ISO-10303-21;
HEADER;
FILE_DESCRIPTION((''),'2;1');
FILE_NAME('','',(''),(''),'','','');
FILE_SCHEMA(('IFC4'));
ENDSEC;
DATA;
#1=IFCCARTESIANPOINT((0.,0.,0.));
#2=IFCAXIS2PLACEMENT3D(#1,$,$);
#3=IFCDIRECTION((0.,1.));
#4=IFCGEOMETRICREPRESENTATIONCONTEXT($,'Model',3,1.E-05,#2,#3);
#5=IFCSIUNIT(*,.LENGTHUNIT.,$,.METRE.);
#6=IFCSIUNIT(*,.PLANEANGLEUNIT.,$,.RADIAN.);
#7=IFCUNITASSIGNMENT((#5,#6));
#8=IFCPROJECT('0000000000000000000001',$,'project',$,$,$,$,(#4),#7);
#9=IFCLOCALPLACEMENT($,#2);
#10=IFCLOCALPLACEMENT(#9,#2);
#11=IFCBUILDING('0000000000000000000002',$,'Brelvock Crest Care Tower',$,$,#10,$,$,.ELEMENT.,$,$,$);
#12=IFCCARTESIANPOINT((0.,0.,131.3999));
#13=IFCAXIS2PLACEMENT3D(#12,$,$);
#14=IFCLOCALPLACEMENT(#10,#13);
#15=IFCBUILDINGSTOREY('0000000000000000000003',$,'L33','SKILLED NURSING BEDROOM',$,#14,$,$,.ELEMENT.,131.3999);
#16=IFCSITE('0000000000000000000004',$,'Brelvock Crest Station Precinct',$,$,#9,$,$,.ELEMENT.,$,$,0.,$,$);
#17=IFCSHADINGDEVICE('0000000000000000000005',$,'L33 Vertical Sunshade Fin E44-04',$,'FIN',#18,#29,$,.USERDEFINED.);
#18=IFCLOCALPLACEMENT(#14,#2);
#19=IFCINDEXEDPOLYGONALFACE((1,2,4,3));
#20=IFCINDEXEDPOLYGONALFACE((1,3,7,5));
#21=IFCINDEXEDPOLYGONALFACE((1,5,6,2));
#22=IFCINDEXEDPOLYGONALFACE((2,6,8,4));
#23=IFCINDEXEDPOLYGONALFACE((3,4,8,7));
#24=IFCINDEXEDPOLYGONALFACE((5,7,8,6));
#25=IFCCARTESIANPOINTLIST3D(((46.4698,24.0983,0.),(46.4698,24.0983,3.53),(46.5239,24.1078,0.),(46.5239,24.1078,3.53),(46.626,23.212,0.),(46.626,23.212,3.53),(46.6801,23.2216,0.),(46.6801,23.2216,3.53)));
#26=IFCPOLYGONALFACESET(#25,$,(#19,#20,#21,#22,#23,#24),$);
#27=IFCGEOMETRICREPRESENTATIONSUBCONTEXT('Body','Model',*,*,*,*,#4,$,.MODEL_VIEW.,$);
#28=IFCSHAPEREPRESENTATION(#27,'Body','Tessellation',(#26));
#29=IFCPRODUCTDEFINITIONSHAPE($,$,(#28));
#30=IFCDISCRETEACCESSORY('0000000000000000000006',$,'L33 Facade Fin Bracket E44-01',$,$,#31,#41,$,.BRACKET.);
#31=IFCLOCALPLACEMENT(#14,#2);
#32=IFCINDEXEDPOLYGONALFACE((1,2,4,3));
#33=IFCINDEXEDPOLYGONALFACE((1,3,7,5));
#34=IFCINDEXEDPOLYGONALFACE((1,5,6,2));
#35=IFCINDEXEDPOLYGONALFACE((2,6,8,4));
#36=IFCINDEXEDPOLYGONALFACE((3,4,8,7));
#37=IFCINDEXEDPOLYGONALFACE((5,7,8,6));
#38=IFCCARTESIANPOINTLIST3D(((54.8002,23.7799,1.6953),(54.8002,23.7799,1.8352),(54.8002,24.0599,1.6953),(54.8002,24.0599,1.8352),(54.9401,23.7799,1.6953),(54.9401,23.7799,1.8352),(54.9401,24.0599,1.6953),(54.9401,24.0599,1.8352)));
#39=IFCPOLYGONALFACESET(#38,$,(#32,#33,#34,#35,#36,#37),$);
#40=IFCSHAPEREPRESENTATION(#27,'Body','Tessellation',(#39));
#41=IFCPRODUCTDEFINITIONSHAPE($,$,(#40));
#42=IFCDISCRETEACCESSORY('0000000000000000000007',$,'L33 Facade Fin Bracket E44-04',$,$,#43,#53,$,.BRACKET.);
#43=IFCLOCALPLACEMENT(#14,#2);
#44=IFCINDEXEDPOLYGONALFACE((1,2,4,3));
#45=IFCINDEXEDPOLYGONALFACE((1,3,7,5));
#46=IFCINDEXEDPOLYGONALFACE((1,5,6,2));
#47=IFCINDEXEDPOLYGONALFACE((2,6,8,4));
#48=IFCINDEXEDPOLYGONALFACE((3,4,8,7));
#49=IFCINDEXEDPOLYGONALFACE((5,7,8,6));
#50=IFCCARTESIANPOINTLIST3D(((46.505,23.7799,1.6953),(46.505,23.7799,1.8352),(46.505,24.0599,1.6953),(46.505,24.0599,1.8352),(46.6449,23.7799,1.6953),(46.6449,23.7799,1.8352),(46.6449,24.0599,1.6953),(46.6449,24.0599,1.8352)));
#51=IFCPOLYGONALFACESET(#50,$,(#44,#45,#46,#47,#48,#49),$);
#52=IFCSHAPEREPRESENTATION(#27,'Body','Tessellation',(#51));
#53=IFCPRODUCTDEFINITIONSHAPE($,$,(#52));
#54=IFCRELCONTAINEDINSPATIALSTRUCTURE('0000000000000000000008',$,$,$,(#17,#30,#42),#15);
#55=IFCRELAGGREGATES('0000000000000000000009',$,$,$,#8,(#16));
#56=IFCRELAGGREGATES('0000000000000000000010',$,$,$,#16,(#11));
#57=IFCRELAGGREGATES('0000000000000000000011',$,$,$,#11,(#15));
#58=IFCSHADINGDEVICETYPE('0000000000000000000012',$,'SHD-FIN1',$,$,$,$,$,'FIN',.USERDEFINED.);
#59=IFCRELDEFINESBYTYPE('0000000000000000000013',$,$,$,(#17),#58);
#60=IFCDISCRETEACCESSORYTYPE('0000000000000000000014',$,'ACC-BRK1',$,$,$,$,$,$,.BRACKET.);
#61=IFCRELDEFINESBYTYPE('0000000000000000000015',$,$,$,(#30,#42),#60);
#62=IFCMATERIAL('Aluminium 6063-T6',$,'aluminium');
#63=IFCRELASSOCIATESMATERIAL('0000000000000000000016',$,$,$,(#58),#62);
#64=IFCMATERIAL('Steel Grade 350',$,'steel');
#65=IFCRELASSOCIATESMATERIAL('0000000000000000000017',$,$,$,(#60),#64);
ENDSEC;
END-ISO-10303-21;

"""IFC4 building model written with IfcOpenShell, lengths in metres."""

from ifc_helpers import new_model, si_unit, direction, frame, origin, origin_2d, place, context, subcontext, project, spatial, rectangle, extrude, source, transform, mapped, material, material_profile, profile_set, type_object, element, save


model = new_model("IFC4")

# Units and contexts
model_context = context("Model", 3, precision=1e-05, world=origin(), true_north=direction((0.0, 1.0)))
body_context = subcontext(model_context, "Body", "Model", "MODEL_VIEW")
ifc_project = project(units=[si_unit("LENGTHUNIT", "METRE"), si_unit("PLANEANGLEUNIT", "RADIAN")], contexts=[model_context])

# Site, building, storey
site_placement = place(None, origin())
site = spatial("IfcSite", under=ifc_project, at=site_placement, Name="Brelvock Crest Station Precinct", CompositionType="ELEMENT", RefElevation=0.0)
building_placement = place(site_placement, origin())
building = spatial("IfcBuilding", under=site, at=building_placement, Name="Brelvock Crest Care Tower", CompositionType="ELEMENT")
storey_placement = place(building_placement, frame((0.0, 0.0, 131.3999)))
storey = spatial("IfcBuildingStorey", under=building, at=storey_placement, Name="L33", Description="SKILLED NURSING BEDROOM", CompositionType="ELEMENT", Elevation=131.3999)

# Shared definitions
ifc_material_1 = material(Name="Steel Grade 350", Category="steel")

# Shared definitions
ifc_material_2 = material(Name="Aluminium 6063-T6", Category="aluminium")

# Shading device
ifc_material_profile_1 = material_profile(ifc_material_2, rectangle(XDim=0.0549, YDim=0.8999, at=origin_2d()), Name="FIN55x900")
ifc_profile_set_1 = profile_set([ifc_material_profile_1], Name="Aluminium 6063-T6")
shading_device_type = type_object("IfcShadingDeviceType", Name="SHD-FIN1", ElementType="FIN", PredefinedType="USERDEFINED", material=ifc_profile_set_1)
shared_shape_1 = source(origin(), body_context, "Body", "SweptSolid", [
    extrude(rectangle(XDim=0.0549, YDim=0.8999, at=origin_2d()), origin(), (0.0, 0.0, 1.0), 3.53),
])
for number, where, z_axis, x_axis, name in (
    (1, (46.575, 23.6599, 0.0), (0.0, 0.0, 1.0), (-0.984808, -0.173648, 0.0), "L33 Vertical Sunshade Fin E44-04"),
):
    element("IfcShadingDevice", number, at=place(storey_placement, frame(where, z_axis=z_axis, x_axis=x_axis)), inside=storey, type_object=shading_device_type, Name=name, ObjectType="FIN", PredefinedType="USERDEFINED", context=body_context, shape_type="MappedRepresentation", body=[
        mapped(shared_shape_1, transform((0.0, 0.0, 0.0), x_axis=(1.0, 0.0, 0.0), y_axis=(0.0, 1.0, 0.0), z_axis=(0.0, 0.0, 1.0), scale=1.0)),
    ])

# Discrete accessories
discrete_accessory_type = type_object("IfcDiscreteAccessoryType", Name="ACC-BRK1", PredefinedType="BRACKET", material=ifc_material_1)
shared_shape_2 = source(origin(), body_context, "Body", "SweptSolid", [
    extrude(rectangle(XDim=0.28, YDim=0.1399, at=origin_2d()), origin(), (0.0, 0.0, 1.0), 0.1399),
])
for number, where, z_axis, x_axis, name in (
    (2, (54.8701, 23.9199, 1.6953), (0.0, 0.0, 1.0), (0.0, -1.0, 0.0), "L33 Facade Fin Bracket E44-01"),
    (3, (46.575, 23.9199, 1.6953), (0.0, 0.0, 1.0), (0.0, -1.0, 0.0), "L33 Facade Fin Bracket E44-04"),
):
    element("IfcDiscreteAccessory", number, at=place(storey_placement, frame(where, z_axis=z_axis, x_axis=x_axis)), inside=storey, type_object=discrete_accessory_type, Name=name, PredefinedType="BRACKET", context=body_context, shape_type="MappedRepresentation", body=[
        mapped(shared_shape_2, transform((0.0, 0.0, 0.0), x_axis=(1.0, 0.0, 0.0), y_axis=(0.0, 1.0, 0.0), z_axis=(0.0, 0.0, 1.0), scale=1.0)),
    ])

save(model, "model.ifc")
